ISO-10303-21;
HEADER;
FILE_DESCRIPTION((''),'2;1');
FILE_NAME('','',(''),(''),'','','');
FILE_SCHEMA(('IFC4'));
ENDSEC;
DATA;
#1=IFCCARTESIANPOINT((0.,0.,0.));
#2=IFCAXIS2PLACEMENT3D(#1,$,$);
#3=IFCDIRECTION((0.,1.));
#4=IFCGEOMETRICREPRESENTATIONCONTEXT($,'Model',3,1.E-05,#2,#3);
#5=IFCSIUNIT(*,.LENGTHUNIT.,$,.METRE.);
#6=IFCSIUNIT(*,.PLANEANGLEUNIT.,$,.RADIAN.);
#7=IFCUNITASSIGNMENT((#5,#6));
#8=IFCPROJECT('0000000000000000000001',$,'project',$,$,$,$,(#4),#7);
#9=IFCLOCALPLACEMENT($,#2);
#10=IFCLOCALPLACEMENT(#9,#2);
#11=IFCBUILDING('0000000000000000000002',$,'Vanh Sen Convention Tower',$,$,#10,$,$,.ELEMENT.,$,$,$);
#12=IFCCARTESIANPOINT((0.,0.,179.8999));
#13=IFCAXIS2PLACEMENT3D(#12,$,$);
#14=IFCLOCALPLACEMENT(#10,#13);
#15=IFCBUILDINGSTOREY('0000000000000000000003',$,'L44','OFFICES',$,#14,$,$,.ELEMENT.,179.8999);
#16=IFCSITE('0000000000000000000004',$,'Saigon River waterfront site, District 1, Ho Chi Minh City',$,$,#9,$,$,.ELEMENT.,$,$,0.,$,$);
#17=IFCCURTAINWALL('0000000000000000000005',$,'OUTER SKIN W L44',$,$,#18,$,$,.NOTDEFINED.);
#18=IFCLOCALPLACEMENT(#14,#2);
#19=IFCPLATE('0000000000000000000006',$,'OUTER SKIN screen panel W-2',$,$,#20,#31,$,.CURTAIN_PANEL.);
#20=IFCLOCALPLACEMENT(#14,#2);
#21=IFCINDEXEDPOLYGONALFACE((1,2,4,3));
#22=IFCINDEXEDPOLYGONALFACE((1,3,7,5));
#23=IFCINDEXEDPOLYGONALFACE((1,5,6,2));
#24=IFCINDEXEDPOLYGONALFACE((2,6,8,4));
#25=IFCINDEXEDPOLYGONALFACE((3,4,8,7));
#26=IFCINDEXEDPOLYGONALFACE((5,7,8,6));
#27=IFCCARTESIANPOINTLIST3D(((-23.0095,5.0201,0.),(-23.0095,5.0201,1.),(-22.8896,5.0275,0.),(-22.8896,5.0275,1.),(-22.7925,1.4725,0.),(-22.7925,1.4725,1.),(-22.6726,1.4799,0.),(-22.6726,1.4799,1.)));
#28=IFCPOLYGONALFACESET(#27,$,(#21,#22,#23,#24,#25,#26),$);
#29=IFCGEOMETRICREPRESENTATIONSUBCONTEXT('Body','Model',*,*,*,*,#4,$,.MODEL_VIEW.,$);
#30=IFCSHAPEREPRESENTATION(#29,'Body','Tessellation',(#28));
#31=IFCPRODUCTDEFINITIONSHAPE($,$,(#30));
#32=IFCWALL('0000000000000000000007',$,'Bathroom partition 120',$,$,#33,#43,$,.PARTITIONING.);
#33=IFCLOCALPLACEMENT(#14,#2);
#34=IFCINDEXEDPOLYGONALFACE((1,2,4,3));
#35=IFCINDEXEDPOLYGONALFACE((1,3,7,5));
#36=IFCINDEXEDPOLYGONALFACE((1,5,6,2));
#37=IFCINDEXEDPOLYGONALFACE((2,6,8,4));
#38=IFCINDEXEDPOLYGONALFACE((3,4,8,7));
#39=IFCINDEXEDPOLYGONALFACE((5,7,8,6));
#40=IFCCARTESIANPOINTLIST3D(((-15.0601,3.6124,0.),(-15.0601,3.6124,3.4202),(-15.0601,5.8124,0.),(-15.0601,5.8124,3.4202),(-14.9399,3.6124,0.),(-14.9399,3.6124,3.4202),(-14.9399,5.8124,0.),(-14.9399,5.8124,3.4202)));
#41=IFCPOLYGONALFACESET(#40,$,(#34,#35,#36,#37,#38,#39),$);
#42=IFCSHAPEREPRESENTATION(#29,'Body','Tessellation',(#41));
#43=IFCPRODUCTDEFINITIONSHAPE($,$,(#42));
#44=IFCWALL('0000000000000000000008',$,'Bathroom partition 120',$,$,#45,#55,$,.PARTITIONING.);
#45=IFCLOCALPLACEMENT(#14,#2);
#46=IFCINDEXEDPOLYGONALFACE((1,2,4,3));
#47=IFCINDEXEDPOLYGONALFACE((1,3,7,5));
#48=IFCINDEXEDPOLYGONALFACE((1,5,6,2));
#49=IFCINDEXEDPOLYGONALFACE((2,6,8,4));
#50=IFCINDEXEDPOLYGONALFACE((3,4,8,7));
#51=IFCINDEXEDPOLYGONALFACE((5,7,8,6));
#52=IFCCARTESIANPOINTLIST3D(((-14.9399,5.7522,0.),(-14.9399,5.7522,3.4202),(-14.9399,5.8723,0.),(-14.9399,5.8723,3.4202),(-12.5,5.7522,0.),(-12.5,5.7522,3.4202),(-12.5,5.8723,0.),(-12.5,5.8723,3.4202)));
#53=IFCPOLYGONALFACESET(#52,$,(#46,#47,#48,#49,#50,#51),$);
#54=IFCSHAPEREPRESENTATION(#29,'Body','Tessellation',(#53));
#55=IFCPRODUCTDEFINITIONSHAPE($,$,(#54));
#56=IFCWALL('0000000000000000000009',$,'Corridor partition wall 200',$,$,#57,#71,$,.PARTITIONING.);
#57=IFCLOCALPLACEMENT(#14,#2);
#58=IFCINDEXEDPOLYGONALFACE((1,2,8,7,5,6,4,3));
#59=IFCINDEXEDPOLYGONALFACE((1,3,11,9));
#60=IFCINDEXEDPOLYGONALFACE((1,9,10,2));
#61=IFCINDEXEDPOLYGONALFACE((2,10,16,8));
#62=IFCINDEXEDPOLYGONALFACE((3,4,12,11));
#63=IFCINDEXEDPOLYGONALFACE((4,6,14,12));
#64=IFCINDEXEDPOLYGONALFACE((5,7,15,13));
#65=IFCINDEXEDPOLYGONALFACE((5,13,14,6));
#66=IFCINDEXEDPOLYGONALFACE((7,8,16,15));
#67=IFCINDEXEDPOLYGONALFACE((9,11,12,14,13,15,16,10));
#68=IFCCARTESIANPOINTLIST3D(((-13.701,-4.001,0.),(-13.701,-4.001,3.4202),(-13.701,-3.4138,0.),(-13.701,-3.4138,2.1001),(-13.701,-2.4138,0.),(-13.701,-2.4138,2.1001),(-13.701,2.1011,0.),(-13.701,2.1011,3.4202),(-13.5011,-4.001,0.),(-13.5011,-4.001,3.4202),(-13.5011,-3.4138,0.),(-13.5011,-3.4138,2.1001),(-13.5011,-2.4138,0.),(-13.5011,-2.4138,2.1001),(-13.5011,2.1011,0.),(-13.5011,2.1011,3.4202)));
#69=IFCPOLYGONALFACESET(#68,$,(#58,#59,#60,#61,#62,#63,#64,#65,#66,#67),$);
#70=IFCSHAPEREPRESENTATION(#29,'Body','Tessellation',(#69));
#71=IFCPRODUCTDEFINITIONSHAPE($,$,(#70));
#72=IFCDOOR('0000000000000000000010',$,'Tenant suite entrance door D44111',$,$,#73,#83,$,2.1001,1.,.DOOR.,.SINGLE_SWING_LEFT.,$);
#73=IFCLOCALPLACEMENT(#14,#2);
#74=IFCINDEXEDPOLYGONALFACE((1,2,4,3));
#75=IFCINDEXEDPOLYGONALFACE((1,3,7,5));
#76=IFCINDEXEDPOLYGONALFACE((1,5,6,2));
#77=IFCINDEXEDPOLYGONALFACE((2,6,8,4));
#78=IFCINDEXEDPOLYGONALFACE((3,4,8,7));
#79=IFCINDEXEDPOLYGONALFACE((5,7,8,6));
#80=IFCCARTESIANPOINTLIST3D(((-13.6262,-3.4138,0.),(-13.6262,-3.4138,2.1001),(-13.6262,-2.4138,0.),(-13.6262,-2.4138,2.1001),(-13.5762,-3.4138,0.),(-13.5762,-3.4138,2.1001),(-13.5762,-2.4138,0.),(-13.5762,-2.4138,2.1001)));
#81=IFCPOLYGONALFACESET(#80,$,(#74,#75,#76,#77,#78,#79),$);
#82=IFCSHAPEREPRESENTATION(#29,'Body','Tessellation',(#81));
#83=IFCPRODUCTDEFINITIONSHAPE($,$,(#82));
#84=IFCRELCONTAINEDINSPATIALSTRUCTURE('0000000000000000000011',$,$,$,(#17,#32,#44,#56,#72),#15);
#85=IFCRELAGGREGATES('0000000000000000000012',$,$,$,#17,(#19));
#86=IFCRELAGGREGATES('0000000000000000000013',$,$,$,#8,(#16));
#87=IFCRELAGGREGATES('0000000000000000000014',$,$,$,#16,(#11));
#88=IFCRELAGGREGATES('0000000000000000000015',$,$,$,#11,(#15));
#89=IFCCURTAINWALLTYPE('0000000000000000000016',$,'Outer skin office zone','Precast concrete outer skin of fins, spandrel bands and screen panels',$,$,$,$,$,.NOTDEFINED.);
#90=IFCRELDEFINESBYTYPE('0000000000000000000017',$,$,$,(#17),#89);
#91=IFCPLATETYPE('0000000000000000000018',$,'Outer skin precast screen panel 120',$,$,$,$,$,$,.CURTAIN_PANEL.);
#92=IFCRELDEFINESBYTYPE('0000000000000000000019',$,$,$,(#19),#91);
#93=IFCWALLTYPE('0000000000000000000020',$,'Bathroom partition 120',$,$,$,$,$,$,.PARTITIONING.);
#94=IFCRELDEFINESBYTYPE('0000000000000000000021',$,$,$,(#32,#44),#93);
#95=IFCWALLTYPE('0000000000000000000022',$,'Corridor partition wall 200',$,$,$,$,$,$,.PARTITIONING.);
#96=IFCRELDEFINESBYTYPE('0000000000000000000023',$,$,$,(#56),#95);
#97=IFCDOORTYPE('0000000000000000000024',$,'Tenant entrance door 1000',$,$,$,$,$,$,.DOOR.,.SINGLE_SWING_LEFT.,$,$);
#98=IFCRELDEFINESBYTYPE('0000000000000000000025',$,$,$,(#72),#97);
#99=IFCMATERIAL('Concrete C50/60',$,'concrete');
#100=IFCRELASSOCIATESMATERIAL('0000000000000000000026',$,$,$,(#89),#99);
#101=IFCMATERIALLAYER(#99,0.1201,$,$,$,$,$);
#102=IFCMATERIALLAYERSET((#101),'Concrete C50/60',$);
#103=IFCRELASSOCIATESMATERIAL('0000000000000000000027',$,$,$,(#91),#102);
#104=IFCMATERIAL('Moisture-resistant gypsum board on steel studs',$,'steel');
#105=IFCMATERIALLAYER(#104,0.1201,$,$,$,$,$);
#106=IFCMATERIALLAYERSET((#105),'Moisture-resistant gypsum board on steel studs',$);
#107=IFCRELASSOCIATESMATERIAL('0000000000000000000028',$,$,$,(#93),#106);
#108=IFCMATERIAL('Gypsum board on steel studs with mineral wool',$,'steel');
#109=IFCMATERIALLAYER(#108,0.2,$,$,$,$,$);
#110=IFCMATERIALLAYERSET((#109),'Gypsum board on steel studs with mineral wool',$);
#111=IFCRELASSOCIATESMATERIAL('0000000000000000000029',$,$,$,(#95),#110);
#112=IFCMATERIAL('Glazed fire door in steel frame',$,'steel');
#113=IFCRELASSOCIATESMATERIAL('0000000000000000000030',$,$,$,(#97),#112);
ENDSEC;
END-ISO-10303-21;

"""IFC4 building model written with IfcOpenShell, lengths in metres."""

from ifc_helpers import new_model, si_unit, direction, frame, frame_2d, origin, origin_2d, place, context, subcontext, project, spatial, rectangle, extrude, material, layer, layer_set, type_object, element, fill, aggregate, save


model = new_model("IFC4")

# Units and contexts
model_context = context("Model", 3, precision=1e-05, world=origin(), true_north=direction((0.0, 1.0)))
body_context = subcontext(model_context, "Body", "Model", "MODEL_VIEW")
ifc_project = project(units=[si_unit("LENGTHUNIT", "METRE"), si_unit("PLANEANGLEUNIT", "RADIAN")], contexts=[model_context])

# Site, building, storey
site_placement = place(None, origin())
site = spatial("IfcSite", under=ifc_project, at=site_placement, Name="Saigon River waterfront site, District 1, Ho Chi Minh City", CompositionType="ELEMENT", RefElevation=0.0)
building_placement = place(site_placement, origin())
building = spatial("IfcBuilding", under=site, at=building_placement, Name="Vanh Sen Convention Tower", CompositionType="ELEMENT")
storey_placement = place(building_placement, frame((0.0, 0.0, 179.8999)))
storey = spatial("IfcBuildingStorey", under=building, at=storey_placement, Name="L44", Description="OFFICES", CompositionType="ELEMENT", Elevation=179.8999)

# Curtain wall
ifc_material_1 = material(Name="Concrete C50/60", Category="concrete")
curtain_wall_type = type_object("IfcCurtainWallType", Name="Outer skin office zone", Description="Precast concrete outer skin of fins, spandrel bands and screen panels", PredefinedType="NOTDEFINED", material=ifc_material_1)
curtain_wall_placement = place(storey_placement, origin())
curtain_wall = element("IfcCurtainWall", 1, at=curtain_wall_placement, inside=storey, type_object=curtain_wall_type, Name="OUTER SKIN W L44", PredefinedType="NOTDEFINED")

# Plate
ifc_layer_1 = layer(ifc_material_1, 0.1201)
ifc_layer_set_1 = layer_set([ifc_layer_1], Name="Concrete C50/60")
plate_type = type_object("IfcPlateType", Name="Outer skin precast screen panel 120", PredefinedType="CURTAIN_PANEL", material=ifc_layer_set_1)
plate_1_placement = place(storey_placement, frame((-22.8411, 3.25, 0.0), z_axis=(0.0, 0.0, 1.0), x_axis=(0.061052, -0.998135, 0.0)))
plate_1 = element("IfcPlate", 2, at=plate_1_placement, type_object=plate_type, Name="OUTER SKIN screen panel W-2", PredefinedType="CURTAIN_PANEL", context=body_context, shape_type="SweptSolid", body=[
    extrude(rectangle(XDim=3.5542, YDim=0.1201, at=origin_2d()), origin(), (0.0, 0.0, 1.0), 1.0),
])
aggregate(curtain_wall, [plate_1])

# Walls
ifc_material_2 = material(Name="Moisture-resistant gypsum board on steel studs", Category="steel")
ifc_layer_2 = layer(ifc_material_2, 0.1201)
ifc_layer_set_2 = layer_set([ifc_layer_2], Name="Moisture-resistant gypsum board on steel studs")
wall_type_1 = type_object("IfcWallType", Name="Bathroom partition 120", PredefinedType="PARTITIONING", material=ifc_layer_set_2)
wall_1_placement = place(storey_placement, frame((-15.0, 3.6123, 0.0), z_axis=(0.0, 0.0, 1.0), x_axis=(0.0, 1.0, 0.0)))
element("IfcWall", 3, at=wall_1_placement, inside=storey, type_object=wall_type_1, Name="Bathroom partition 120", PredefinedType="PARTITIONING", context=body_context, shape_type="SweptSolid", body=[
    extrude(rectangle(XDim=2.2, YDim=0.1201, at=frame_2d((1.1001, 0.0))), origin(), (0.0, 0.0, 1.0), 3.4202),
])
wall_2_placement = place(storey_placement, frame((-14.9399, 5.8123, 0.0), z_axis=(0.0, 0.0, 1.0), x_axis=(1.0, 0.0, 0.0)))
element("IfcWall", 4, at=wall_2_placement, inside=storey, type_object=wall_type_1, Name="Bathroom partition 120", PredefinedType="PARTITIONING", context=body_context, shape_type="SweptSolid", body=[
    extrude(rectangle(XDim=2.4399, YDim=0.1201, at=frame_2d((1.22, 0.0))), origin(), (0.0, 0.0, 1.0), 3.4202),
])

# Wall, opening, door
ifc_material_3 = material(Name="Gypsum board on steel studs with mineral wool", Category="steel")
ifc_layer_3 = layer(ifc_material_3, 0.2)
ifc_layer_set_3 = layer_set([ifc_layer_3], Name="Gypsum board on steel studs with mineral wool")
wall_type_2 = type_object("IfcWallType", Name="Corridor partition wall 200", PredefinedType="PARTITIONING", material=ifc_layer_set_3)
wall_3_placement = place(storey_placement, frame((-13.6011, 2.1011, 0.0), z_axis=(0.0, 0.0, 1.0), x_axis=(0.0, -1.0, 0.0)))
wall_3 = element("IfcWall", 5, at=wall_3_placement, inside=storey, type_object=wall_type_2, Name="Corridor partition wall 200", PredefinedType="PARTITIONING", context=body_context, shape_type="SweptSolid", body=[
    extrude(rectangle(XDim=6.1021, YDim=0.2, at=frame_2d((3.051, 0.0))), origin(), (0.0, 0.0, 1.0), 3.4202),
])
opening_1_placement = place(wall_3_placement, frame((4.5149, 0.0, 0.0)))
opening_1 = element("IfcOpeningElement", 6, at=opening_1_placement, cuts=wall_3, PredefinedType="OPENING", context=body_context, shape_type="SweptSolid", body=[
    extrude(rectangle(XDim=1.0, YDim=2.1001, at=frame_2d((0.5, 1.05))), frame((0.0, 0.1099, 0.0), z_axis=(0.0, -1.0, 0.0), x_axis=(1.0, 0.0, 0.0)), (0.0, 0.0, 1.0), 0.22),
])
ifc_material_4 = material(Name="Glazed fire door in steel frame", Category="steel")
door_type = type_object("IfcDoorType", Name="Tenant entrance door 1000", OperationType="SINGLE_SWING_LEFT", PredefinedType="DOOR", material=ifc_material_4)
door_placement = place(opening_1_placement, origin())
door = element("IfcDoor", 7, at=door_placement, inside=storey, type_object=door_type, Name="Tenant suite entrance door D44111", OperationType="SINGLE_SWING_LEFT", OverallHeight=2.1001, OverallWidth=1.0, PredefinedType="DOOR", context=body_context, shape_type="SweptSolid", body=[
    extrude(rectangle(XDim=1.0, YDim=2.1001, at=frame_2d((0.5, 1.05))), frame((0.0, 0.0249, 0.0), z_axis=(0.0, -1.0, 0.0), x_axis=(1.0, 0.0, 0.0)), (0.0, 0.0, 1.0), 0.05),
])
fill(opening_1, door)

save(model, "model.ifc")
